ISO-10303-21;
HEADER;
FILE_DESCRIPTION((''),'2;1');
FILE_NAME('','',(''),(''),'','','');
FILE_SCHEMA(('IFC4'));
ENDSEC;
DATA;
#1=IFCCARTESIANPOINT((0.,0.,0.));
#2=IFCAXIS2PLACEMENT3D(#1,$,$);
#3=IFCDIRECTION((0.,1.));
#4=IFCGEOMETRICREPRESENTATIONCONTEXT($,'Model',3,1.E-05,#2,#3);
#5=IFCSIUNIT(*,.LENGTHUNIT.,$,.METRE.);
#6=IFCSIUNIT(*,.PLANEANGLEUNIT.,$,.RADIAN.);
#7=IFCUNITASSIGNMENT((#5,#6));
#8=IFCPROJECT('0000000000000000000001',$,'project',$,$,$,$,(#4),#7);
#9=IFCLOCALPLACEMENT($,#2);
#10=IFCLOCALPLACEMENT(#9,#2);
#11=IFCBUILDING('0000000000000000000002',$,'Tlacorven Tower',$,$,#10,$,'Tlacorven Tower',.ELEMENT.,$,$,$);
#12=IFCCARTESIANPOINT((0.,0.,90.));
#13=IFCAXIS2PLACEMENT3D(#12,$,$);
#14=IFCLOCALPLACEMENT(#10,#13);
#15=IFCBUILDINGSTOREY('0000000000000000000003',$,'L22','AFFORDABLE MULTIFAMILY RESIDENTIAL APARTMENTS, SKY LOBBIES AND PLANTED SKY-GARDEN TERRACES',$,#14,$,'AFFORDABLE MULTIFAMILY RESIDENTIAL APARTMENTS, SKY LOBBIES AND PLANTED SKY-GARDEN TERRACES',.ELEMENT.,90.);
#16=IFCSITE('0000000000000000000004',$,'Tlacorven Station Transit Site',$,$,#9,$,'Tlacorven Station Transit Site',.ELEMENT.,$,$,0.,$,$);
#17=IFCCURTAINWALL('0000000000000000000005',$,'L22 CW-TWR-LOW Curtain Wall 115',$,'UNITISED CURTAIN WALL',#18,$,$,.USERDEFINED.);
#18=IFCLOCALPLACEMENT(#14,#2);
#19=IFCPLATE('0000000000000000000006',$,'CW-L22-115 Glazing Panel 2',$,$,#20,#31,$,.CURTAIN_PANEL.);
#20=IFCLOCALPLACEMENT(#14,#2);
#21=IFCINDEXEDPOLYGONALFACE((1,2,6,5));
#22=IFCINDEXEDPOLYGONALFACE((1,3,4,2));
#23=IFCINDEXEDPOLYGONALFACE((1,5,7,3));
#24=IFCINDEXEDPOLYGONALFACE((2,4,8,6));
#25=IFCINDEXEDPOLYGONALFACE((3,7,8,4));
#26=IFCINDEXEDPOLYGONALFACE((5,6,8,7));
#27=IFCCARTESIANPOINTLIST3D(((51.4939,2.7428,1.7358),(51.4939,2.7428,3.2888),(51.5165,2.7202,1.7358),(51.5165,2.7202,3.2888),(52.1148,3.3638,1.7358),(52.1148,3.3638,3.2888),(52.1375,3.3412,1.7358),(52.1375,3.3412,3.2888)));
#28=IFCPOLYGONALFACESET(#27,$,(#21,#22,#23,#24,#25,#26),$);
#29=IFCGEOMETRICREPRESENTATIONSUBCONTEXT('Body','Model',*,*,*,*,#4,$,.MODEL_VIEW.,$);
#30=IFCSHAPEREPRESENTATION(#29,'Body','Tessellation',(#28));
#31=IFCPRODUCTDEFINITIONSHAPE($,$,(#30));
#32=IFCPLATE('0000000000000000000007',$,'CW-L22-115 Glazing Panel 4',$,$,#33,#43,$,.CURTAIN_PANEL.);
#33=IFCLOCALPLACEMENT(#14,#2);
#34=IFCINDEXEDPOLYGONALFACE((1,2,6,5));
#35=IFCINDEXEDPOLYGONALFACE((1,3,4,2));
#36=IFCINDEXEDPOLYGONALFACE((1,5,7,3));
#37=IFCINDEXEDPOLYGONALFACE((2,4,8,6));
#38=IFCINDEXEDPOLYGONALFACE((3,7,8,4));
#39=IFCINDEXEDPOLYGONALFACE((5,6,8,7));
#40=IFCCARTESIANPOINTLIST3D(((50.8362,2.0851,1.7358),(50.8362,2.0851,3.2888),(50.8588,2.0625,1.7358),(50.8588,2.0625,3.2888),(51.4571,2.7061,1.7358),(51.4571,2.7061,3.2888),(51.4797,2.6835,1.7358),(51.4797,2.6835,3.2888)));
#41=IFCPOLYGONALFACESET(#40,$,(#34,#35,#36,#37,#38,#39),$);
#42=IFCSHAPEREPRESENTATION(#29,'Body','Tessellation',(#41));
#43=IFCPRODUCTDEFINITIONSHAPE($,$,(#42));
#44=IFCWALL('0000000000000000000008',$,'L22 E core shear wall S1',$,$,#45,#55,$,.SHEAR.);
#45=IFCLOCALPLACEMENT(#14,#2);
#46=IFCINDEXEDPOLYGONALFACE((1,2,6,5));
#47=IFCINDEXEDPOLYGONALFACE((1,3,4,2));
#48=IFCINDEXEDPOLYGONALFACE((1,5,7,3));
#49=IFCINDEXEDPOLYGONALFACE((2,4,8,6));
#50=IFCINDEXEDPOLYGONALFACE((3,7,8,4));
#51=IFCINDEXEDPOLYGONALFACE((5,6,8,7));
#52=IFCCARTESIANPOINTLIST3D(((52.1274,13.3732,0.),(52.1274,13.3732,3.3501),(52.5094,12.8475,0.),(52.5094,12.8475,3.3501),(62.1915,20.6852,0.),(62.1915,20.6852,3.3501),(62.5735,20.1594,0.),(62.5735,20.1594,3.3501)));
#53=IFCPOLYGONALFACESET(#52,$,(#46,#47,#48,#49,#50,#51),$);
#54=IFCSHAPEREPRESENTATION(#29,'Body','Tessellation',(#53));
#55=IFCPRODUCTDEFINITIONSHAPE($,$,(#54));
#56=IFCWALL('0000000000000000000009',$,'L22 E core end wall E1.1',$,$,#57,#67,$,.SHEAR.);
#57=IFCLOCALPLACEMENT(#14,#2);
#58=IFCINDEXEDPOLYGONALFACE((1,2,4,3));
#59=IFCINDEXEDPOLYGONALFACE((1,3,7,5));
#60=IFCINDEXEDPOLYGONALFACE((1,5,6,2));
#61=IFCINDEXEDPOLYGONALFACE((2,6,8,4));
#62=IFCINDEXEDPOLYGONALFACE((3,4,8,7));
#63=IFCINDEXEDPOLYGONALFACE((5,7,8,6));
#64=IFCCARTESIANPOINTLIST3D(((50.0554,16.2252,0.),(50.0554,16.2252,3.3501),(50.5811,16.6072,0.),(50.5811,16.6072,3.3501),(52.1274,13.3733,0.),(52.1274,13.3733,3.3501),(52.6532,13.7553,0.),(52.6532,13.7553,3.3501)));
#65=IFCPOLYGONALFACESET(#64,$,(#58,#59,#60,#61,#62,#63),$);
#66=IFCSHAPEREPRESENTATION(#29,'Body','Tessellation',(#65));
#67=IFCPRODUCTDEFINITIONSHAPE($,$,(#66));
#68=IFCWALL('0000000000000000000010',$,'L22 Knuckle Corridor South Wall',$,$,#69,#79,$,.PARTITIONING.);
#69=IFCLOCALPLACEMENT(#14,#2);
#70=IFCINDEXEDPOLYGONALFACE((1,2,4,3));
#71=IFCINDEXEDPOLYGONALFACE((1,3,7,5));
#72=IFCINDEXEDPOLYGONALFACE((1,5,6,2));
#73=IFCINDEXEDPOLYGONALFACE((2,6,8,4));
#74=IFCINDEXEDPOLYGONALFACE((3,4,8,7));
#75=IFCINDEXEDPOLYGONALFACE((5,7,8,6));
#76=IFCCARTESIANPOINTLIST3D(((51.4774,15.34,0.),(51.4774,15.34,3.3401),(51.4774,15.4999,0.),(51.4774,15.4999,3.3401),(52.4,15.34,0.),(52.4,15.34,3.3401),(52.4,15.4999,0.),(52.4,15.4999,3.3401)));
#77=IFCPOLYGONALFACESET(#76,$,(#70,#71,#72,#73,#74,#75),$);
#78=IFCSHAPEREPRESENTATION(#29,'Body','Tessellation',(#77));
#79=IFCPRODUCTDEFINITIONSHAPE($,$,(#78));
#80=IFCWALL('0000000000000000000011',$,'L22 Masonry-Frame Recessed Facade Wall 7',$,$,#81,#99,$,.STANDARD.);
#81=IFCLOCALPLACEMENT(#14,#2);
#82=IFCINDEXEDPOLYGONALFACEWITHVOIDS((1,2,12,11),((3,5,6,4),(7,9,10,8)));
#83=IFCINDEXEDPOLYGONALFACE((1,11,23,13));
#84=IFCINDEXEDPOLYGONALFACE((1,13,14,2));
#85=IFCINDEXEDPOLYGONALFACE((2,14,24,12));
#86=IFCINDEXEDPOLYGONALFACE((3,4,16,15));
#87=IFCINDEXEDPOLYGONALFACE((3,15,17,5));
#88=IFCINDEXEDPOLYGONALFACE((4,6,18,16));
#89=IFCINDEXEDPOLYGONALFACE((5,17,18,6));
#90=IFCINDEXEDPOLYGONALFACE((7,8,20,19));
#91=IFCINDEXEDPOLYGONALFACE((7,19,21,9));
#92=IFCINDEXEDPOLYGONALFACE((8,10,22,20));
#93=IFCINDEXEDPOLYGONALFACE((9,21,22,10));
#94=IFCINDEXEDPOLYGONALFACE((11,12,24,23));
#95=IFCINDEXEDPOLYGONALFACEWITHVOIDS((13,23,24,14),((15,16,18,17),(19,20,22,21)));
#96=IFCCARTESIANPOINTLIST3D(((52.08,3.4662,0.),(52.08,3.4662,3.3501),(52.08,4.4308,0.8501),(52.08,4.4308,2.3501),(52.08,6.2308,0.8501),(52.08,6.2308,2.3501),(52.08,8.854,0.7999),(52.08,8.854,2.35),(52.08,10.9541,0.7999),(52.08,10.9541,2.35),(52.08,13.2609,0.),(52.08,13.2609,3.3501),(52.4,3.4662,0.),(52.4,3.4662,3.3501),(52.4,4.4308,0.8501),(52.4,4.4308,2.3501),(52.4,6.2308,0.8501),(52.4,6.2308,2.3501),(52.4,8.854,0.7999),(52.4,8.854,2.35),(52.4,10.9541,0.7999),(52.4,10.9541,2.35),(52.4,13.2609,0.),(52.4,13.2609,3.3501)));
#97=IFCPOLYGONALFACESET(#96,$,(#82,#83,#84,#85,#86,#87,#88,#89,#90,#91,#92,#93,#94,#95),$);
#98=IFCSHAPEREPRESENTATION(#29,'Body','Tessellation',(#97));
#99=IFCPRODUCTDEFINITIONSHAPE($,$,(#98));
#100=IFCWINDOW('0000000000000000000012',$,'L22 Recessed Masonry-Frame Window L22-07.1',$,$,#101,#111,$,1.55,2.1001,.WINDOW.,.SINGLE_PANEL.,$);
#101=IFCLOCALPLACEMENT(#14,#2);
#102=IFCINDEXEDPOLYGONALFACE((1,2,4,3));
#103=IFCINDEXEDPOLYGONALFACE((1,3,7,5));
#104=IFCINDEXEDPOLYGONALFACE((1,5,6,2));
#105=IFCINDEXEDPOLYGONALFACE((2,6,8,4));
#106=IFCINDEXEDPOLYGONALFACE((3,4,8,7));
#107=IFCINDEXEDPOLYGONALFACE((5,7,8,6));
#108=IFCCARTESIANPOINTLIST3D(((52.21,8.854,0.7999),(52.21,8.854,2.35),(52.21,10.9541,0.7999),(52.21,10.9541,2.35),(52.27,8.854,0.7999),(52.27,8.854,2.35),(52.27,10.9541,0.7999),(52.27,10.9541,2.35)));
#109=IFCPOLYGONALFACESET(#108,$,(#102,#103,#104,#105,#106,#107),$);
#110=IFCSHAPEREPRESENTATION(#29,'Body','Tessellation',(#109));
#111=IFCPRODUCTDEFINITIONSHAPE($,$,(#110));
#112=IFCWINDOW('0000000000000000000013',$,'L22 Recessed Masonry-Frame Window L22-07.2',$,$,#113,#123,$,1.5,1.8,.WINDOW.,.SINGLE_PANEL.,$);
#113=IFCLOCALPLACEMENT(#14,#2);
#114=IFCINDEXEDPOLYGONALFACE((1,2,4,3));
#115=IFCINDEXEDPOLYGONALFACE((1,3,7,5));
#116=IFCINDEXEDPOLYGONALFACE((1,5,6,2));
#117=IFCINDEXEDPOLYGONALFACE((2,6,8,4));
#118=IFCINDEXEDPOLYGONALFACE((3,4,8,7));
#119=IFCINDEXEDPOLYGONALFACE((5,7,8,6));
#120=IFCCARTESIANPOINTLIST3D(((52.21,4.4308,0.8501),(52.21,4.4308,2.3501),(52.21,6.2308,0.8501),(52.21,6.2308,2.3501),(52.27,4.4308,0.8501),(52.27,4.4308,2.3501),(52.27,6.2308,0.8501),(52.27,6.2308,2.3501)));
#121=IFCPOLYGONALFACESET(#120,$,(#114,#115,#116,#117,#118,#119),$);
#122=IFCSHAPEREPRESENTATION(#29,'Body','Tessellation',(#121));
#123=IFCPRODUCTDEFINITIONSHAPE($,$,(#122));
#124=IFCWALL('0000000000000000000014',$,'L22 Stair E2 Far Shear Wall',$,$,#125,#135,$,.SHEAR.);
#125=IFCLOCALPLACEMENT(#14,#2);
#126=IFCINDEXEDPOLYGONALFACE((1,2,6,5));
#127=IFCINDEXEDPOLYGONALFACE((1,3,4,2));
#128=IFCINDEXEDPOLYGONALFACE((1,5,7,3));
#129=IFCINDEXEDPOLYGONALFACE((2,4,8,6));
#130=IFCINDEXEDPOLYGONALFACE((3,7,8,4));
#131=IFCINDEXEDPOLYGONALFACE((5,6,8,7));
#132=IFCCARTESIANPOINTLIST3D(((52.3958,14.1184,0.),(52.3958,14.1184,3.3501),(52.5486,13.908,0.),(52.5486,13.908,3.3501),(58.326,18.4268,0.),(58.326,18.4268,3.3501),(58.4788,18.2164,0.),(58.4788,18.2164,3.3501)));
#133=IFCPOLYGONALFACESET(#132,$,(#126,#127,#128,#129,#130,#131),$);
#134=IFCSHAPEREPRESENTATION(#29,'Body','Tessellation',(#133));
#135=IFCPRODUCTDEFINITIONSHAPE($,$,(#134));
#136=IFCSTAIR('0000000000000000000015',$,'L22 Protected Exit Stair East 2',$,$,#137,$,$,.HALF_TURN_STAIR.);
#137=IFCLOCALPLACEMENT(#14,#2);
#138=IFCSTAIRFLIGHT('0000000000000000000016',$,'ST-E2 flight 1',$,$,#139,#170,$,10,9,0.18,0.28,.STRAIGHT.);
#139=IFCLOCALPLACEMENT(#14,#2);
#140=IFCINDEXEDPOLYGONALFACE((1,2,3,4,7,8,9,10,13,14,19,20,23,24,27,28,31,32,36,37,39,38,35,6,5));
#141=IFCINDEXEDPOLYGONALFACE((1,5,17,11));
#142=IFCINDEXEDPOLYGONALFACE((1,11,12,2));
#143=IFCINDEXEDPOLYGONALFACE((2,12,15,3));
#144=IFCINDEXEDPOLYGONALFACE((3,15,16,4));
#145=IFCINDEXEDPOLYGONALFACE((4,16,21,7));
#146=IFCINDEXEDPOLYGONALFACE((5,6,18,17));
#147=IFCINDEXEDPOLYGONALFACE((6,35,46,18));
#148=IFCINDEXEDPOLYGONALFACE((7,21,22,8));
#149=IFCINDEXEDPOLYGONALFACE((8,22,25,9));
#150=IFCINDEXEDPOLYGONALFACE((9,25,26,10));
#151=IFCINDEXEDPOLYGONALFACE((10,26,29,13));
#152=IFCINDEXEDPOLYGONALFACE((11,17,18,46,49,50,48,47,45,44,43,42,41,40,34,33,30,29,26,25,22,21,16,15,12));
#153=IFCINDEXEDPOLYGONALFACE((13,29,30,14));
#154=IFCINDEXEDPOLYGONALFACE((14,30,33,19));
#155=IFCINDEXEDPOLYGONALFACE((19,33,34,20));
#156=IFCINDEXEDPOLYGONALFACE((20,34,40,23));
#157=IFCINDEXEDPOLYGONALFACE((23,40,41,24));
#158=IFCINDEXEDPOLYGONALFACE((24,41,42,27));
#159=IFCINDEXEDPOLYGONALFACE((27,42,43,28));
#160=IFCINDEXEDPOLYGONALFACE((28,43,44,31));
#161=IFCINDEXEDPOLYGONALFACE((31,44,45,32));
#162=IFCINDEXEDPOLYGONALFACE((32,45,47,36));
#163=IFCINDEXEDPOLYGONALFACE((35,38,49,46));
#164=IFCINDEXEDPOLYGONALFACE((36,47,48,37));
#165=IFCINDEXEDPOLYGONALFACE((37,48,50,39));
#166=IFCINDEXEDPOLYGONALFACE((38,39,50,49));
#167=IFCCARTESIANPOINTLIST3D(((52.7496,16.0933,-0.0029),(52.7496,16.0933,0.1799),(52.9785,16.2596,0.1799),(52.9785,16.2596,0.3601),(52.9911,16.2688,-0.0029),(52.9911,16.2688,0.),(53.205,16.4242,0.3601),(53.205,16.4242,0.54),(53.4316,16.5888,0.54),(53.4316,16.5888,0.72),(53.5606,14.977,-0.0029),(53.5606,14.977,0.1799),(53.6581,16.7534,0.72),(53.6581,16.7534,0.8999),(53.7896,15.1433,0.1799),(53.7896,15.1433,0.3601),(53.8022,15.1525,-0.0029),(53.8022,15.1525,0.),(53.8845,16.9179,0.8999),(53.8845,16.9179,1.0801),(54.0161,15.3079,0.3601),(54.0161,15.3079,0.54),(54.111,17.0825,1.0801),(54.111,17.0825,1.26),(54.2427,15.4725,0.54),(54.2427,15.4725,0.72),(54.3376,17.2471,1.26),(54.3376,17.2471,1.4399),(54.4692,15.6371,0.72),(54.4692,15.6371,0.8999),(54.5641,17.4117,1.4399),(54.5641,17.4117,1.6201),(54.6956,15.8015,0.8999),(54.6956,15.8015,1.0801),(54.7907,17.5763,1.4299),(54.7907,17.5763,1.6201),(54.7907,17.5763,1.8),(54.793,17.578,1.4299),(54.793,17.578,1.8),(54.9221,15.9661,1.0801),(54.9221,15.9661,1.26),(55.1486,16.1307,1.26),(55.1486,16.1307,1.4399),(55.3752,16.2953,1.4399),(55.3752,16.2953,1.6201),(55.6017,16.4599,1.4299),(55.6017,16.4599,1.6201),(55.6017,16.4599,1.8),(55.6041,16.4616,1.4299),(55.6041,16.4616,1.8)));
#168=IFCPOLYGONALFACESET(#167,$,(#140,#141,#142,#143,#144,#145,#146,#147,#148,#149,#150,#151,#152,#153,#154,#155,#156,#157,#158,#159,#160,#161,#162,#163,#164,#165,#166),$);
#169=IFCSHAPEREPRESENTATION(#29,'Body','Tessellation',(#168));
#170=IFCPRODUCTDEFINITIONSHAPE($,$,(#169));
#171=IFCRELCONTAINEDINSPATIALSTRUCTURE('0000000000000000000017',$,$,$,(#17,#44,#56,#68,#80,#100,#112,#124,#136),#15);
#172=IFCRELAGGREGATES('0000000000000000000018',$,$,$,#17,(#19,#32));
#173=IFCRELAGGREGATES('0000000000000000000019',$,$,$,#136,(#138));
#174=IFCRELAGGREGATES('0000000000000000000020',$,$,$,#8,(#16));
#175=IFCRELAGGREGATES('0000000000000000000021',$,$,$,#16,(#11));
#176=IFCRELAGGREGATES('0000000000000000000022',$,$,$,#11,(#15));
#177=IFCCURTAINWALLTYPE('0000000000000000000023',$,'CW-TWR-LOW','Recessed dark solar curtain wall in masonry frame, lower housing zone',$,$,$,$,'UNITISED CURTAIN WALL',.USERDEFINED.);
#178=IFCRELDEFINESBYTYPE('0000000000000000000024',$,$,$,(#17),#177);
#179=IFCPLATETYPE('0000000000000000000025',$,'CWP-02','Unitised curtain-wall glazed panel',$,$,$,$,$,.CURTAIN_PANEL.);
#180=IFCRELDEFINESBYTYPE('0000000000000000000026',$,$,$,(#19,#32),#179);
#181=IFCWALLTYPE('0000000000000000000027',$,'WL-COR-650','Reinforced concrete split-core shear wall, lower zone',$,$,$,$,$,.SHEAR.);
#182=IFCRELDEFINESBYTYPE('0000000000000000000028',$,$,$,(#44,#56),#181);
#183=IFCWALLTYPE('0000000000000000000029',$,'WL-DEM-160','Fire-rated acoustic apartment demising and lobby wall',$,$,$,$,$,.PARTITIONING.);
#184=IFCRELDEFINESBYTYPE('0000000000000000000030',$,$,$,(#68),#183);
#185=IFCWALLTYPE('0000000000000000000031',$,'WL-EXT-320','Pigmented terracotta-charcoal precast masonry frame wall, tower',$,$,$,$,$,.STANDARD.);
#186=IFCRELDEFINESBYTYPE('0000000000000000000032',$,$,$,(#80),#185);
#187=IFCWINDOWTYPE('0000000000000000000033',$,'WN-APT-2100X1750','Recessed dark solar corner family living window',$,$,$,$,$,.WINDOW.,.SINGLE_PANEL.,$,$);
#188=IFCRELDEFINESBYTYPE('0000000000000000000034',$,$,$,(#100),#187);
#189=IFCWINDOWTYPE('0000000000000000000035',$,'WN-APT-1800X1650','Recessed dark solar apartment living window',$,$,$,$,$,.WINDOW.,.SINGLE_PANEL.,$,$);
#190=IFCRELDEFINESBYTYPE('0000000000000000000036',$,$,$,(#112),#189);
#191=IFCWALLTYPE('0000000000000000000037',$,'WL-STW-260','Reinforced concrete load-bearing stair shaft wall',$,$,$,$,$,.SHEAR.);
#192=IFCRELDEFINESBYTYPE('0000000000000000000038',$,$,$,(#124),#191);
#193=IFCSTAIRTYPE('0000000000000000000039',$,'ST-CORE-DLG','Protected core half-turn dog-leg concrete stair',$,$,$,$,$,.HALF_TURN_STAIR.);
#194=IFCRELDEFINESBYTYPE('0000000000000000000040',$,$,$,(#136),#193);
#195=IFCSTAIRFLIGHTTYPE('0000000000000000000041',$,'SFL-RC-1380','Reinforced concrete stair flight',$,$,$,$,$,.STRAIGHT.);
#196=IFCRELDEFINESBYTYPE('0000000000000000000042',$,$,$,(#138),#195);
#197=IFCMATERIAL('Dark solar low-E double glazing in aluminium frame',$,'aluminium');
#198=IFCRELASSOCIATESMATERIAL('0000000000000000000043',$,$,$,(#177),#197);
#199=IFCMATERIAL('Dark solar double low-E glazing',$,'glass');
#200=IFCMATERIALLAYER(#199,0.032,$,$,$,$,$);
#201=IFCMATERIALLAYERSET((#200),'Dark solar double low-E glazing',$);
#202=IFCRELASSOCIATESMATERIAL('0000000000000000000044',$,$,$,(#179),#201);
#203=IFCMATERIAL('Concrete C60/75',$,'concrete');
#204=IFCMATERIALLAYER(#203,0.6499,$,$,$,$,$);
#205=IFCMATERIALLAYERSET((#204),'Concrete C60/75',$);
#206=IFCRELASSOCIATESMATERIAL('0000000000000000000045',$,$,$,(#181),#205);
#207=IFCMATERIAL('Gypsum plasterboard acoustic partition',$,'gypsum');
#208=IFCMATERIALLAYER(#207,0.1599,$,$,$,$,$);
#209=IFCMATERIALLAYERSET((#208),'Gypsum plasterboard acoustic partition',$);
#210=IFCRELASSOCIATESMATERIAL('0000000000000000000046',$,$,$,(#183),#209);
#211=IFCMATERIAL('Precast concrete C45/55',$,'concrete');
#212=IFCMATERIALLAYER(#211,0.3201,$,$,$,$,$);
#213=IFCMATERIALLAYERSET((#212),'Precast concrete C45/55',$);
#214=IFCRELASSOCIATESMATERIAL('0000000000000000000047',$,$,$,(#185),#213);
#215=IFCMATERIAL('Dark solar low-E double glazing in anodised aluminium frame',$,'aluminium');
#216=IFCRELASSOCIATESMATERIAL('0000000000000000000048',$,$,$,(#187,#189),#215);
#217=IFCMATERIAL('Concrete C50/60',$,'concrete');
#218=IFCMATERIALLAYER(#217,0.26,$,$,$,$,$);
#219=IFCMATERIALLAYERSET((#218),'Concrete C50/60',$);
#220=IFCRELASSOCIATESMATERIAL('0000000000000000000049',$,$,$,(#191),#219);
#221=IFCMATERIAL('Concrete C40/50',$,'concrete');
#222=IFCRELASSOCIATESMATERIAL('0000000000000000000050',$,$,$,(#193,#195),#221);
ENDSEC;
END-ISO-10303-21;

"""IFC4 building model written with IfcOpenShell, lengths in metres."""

from ifc_helpers import new_model, si_unit, direction, frame, frame_2d, origin, origin_2d, place, context, subcontext, project, spatial, polyline, rectangle, outline, extrude, source, transform, mapped, material, layer, layer_set, type_object, element, fill, aggregate, save


model = new_model("IFC4")

# Units and contexts
model_context = context("Model", 3, precision=1e-05, world=origin(), true_north=direction((0.0, 1.0)))
body_context = subcontext(model_context, "Body", "Model", "MODEL_VIEW")
ifc_project = project(units=[si_unit("LENGTHUNIT", "METRE"), si_unit("PLANEANGLEUNIT", "RADIAN")], contexts=[model_context])

# Site, building, storey
site_placement = place(None, origin())
site = spatial("IfcSite", under=ifc_project, at=site_placement, Name="Tlacorven Station Transit Site", LongName="Tlacorven Station Transit Site", CompositionType="ELEMENT", RefElevation=0.0)
building_placement = place(site_placement, origin())
building = spatial("IfcBuilding", under=site, at=building_placement, Name="Tlacorven Tower", LongName="Tlacorven Tower", CompositionType="ELEMENT")
storey_placement = place(building_placement, frame((0.0, 0.0, 90.0)))
storey = spatial("IfcBuildingStorey", under=building, at=storey_placement, Name="L22", Description="AFFORDABLE MULTIFAMILY RESIDENTIAL APARTMENTS, SKY LOBBIES AND PLANTED SKY-GARDEN TERRACES", LongName="AFFORDABLE MULTIFAMILY RESIDENTIAL APARTMENTS, SKY LOBBIES AND PLANTED SKY-GARDEN TERRACES", CompositionType="ELEMENT", Elevation=90.0)

# Curtain wall, plates
ifc_material_1 = material(Name="Dark solar low-E double glazing in aluminium frame", Category="aluminium")
curtain_wall_type = type_object("IfcCurtainWallType", Name="CW-TWR-LOW", Description="Recessed dark solar curtain wall in masonry frame, lower housing zone", ElementType="UNITISED CURTAIN WALL", PredefinedType="USERDEFINED", material=ifc_material_1)
curtain_wall_placement = place(storey_placement, origin())
curtain_wall = element("IfcCurtainWall", 1, at=curtain_wall_placement, inside=storey, type_object=curtain_wall_type, Name="L22 CW-TWR-LOW Curtain Wall 115", ObjectType="UNITISED CURTAIN WALL", PredefinedType="USERDEFINED")
ifc_material_2 = material(Name="Dark solar double low-E glazing", Category="glass")
ifc_layer_1 = layer(ifc_material_2, 0.032)
ifc_layer_set_1 = layer_set([ifc_layer_1], Name="Dark solar double low-E glazing")
plate_type = type_object("IfcPlateType", Name="CWP-02", Description="Unitised curtain-wall glazed panel", PredefinedType="CURTAIN_PANEL", material=ifc_layer_set_1)
shared_shape_1 = source(origin(), body_context, "Body", "SweptSolid", [
    extrude(rectangle(XDim=0.8782, YDim=0.032, at=origin_2d()), origin(), (0.0, 0.0, 1.0), 1.553),
])
plate_1_placement = place(storey_placement, frame((51.8157, 3.042, 1.7358), z_axis=(0.0, 0.0, 1.0), x_axis=(-0.707107, -0.707107, 0.0)))
plate_1 = element("IfcPlate", 2, at=plate_1_placement, type_object=plate_type, Name="CW-L22-115 Glazing Panel 2", PredefinedType="CURTAIN_PANEL", context=body_context, shape_type="MappedRepresentation", body=[
    mapped(shared_shape_1, transform((0.0, 0.0, 0.0), scale=1.0)),
])
plate_2_placement = place(storey_placement, frame((51.158, 2.3843, 1.7358), z_axis=(0.0, 0.0, 1.0), x_axis=(-0.707107, -0.707107, 0.0)))
plate_2 = element("IfcPlate", 3, at=plate_2_placement, type_object=plate_type, Name="CW-L22-115 Glazing Panel 4", PredefinedType="CURTAIN_PANEL", context=body_context, shape_type="MappedRepresentation", body=[
    mapped(shared_shape_1, transform((0.0, 0.0, 0.0), scale=1.0)),
])
aggregate(curtain_wall, [plate_1, plate_2])

# Walls
ifc_material_3 = material(Name="Concrete C60/75", Category="concrete")
ifc_layer_2 = layer(ifc_material_3, 0.6499)
ifc_layer_set_2 = layer_set([ifc_layer_2], Name="Concrete C60/75")
wall_type_1 = type_object("IfcWallType", Name="WL-COR-650", Description="Reinforced concrete split-core shear wall, lower zone", PredefinedType="SHEAR", material=ifc_layer_set_2)
wall_1_placement = place(storey_placement, frame((52.3184, 13.1104, 0.0), z_axis=(0.0, 0.0, 1.0), x_axis=(0.809019, 0.587782, 0.0)))
element("IfcWall", 4, at=wall_1_placement, inside=storey, type_object=wall_type_1, Name="L22 E core shear wall S1", PredefinedType="SHEAR", context=body_context, shape_type="SweptSolid", body=[
    extrude(rectangle(XDim=12.4399, YDim=0.6499, at=frame_2d((6.22, 0.0))), origin(), (0.0, 0.0, 1.0), 3.3501),
])
wall_2_placement = place(storey_placement, frame((52.3904, 13.5642, 0.0), z_axis=(0.0, 0.0, 1.0), x_axis=(-0.587797, 0.809009, 0.0)))
element("IfcWall", 5, at=wall_2_placement, inside=storey, type_object=wall_type_1, Name="L22 E core end wall E1.1", PredefinedType="SHEAR", context=body_context, shape_type="SweptSolid", body=[
    extrude(rectangle(XDim=3.5251, YDim=0.6499, at=frame_2d((1.7627, 0.0))), origin(), (0.0, 0.0, 1.0), 3.3501),
])
ifc_material_4 = material(Name="Gypsum plasterboard acoustic partition", Category="gypsum")
ifc_layer_3 = layer(ifc_material_4, 0.1599)
ifc_layer_set_3 = layer_set([ifc_layer_3], Name="Gypsum plasterboard acoustic partition")
wall_type_2 = type_object("IfcWallType", Name="WL-DEM-160", Description="Fire-rated acoustic apartment demising and lobby wall", PredefinedType="PARTITIONING", material=ifc_layer_set_3)
wall_3_placement = place(storey_placement, frame((51.4773, 15.4199, 0.0), z_axis=(0.0, 0.0, 1.0), x_axis=(1.0, 0.0, 0.0)))
element("IfcWall", 6, at=wall_3_placement, inside=storey, type_object=wall_type_2, Name="L22 Knuckle Corridor South Wall", PredefinedType="PARTITIONING", context=body_context, shape_type="SweptSolid", body=[
    extrude(rectangle(XDim=0.9226, YDim=0.1599, at=frame_2d((0.4614, 0.0))), origin(), (0.0, 0.0, 1.0), 3.3401),
])

# Wall, openings, windows
ifc_material_5 = material(Name="Precast concrete C45/55", Category="concrete")
ifc_layer_4 = layer(ifc_material_5, 0.3201)
ifc_layer_set_4 = layer_set([ifc_layer_4], Name="Precast concrete C45/55")
wall_type_3 = type_object("IfcWallType", Name="WL-EXT-320", Description="Pigmented terracotta-charcoal precast masonry frame wall, tower", PredefinedType="STANDARD", material=ifc_layer_set_4)
wall_4_placement = place(storey_placement, frame((52.24, 13.261, 0.0), z_axis=(0.0, 0.0, 1.0), x_axis=(0.0, -1.0, 0.0)))
wall_4 = element("IfcWall", 7, at=wall_4_placement, inside=storey, type_object=wall_type_3, Name="L22 Masonry-Frame Recessed Facade Wall 7", PredefinedType="STANDARD", context=body_context, shape_type="SweptSolid", body=[
    extrude(rectangle(XDim=9.7947, YDim=0.3201, at=frame_2d((4.8975, 0.0))), origin(), (0.0, 0.0, 1.0), 3.3501),
])
opening_1_placement = place(wall_4_placement, frame((2.3069, 0.0, 0.8)))
opening_1 = element("IfcOpeningElement", 8, at=opening_1_placement, cuts=wall_4, PredefinedType="OPENING", context=body_context, shape_type="SweptSolid", body=[
    extrude(rectangle(XDim=2.1001, YDim=1.55, at=frame_2d((1.05, 0.7749))), frame((0.0, 0.1699, 0.0), z_axis=(0.0, -1.0, 0.0), x_axis=(1.0, 0.0, 0.0)), (0.0, 0.0, 1.0), 0.3401),
])
opening_2_placement = place(wall_4_placement, frame((7.0303, 0.0, 0.8501)))
opening_2 = element("IfcOpeningElement", 9, at=opening_2_placement, cuts=wall_4, PredefinedType="OPENING", context=body_context, shape_type="SweptSolid", body=[
    extrude(rectangle(XDim=1.8, YDim=1.5, at=frame_2d((0.8999, 0.75))), frame((0.0, 0.1699, 0.0), z_axis=(0.0, -1.0, 0.0), x_axis=(1.0, 0.0, 0.0)), (0.0, 0.0, 1.0), 0.3401),
])
ifc_material_6 = material(Name="Dark solar low-E double glazing in anodised aluminium frame", Category="aluminium")
window_type_1 = type_object("IfcWindowType", Name="WN-APT-2100X1750", Description="Recessed dark solar corner family living window", PartitioningType="SINGLE_PANEL", PredefinedType="WINDOW", material=ifc_material_6)
shared_shape_2 = source(origin(), body_context, "Body", "SweptSolid", [
    extrude(rectangle(XDim=2.1001, YDim=1.55, at=frame_2d((1.05, 0.7749))), frame((0.0, 0.03, 0.0), z_axis=(0.0, -1.0, 0.0), x_axis=(1.0, 0.0, 0.0)), (0.0, 0.0, 1.0), 0.0601),
])
window_1_placement = place(opening_1_placement, origin())
window_1 = element("IfcWindow", 10, at=window_1_placement, inside=storey, type_object=window_type_1, Name="L22 Recessed Masonry-Frame Window L22-07.1", OverallHeight=1.55, OverallWidth=2.1001, PartitioningType="SINGLE_PANEL", PredefinedType="WINDOW", context=body_context, shape_type="MappedRepresentation", body=[
    mapped(shared_shape_2, transform((0.0, 0.0, 0.0), scale=1.0)),
])
fill(opening_1, window_1)
window_type_2 = type_object("IfcWindowType", Name="WN-APT-1800X1650", Description="Recessed dark solar apartment living window", PartitioningType="SINGLE_PANEL", PredefinedType="WINDOW", material=ifc_material_6)
shared_shape_3 = source(origin(), body_context, "Body", "SweptSolid", [
    extrude(rectangle(XDim=1.8, YDim=1.5, at=frame_2d((0.8999, 0.75))), frame((0.0, 0.03, 0.0), z_axis=(0.0, -1.0, 0.0), x_axis=(1.0, 0.0, 0.0)), (0.0, 0.0, 1.0), 0.0601),
])
window_2_placement = place(opening_2_placement, origin())
window_2 = element("IfcWindow", 11, at=window_2_placement, inside=storey, type_object=window_type_2, Name="L22 Recessed Masonry-Frame Window L22-07.2", OverallHeight=1.5, OverallWidth=1.8, PartitioningType="SINGLE_PANEL", PredefinedType="WINDOW", context=body_context, shape_type="MappedRepresentation", body=[
    mapped(shared_shape_3, transform((0.0, 0.0, 0.0), scale=1.0)),
])
fill(opening_2, window_2)

# Wall
ifc_material_7 = material(Name="Concrete C50/60", Category="concrete")
ifc_layer_5 = layer(ifc_material_7, 0.26)
ifc_layer_set_5 = layer_set([ifc_layer_5], Name="Concrete C50/60")
wall_type_4 = type_object("IfcWallType", Name="WL-STW-260", Description="Reinforced concrete load-bearing stair shaft wall", PredefinedType="SHEAR", material=ifc_layer_set_5)
wall_5_placement = place(storey_placement, frame((52.4722, 14.0132, 0.0), z_axis=(0.0, 0.0, 1.0), x_axis=(0.809028, 0.58777, 0.0)))
element("IfcWall", 12, at=wall_5_placement, inside=storey, type_object=wall_type_4, Name="L22 Stair E2 Far Shear Wall", PredefinedType="SHEAR", context=body_context, shape_type="SweptSolid", body=[
    extrude(rectangle(XDim=7.3301, YDim=0.26, at=frame_2d((3.665, 0.0))), origin(), (0.0, 0.0, 1.0), 3.3501),
])

# Stair, stair flight
ifc_material_8 = material(Name="Concrete C40/50", Category="concrete")
stair_type = type_object("IfcStairType", Name="ST-CORE-DLG", Description="Protected core half-turn dog-leg concrete stair", PredefinedType="HALF_TURN_STAIR", material=ifc_material_8)
stair_placement = place(storey_placement, origin())
stair = element("IfcStair", 13, at=stair_placement, inside=storey, type_object=stair_type, Name="L22 Protected Exit Stair East 2", PredefinedType="HALF_TURN_STAIR")
stair_flight_type = type_object("IfcStairFlightType", Name="SFL-RC-1380", Description="Reinforced concrete stair flight", PredefinedType="STRAIGHT", material=ifc_material_8)
shared_shape_4 = source(origin(), body_context, "Body", "SweptSolid", [
    extrude(outline(polyline([(-0.0029, -0.0029), (-0.0029, 0.1799), (0.28, 0.1799), (0.28, 0.3601), (0.5601, 0.3601), (0.5601, 0.54), (0.8401, 0.54), (0.8401, 0.72), (1.1201, 0.72), (1.1201, 0.8999), (1.3999, 0.8999), (1.3999, 1.0801), (1.6799, 1.0801), (1.6799, 1.26), (1.96, 1.26), (1.96, 1.4399), (2.24, 1.4399), (2.24, 1.6201), (2.52, 1.6201), (2.52, 1.8), (2.5229, 1.8), (2.5229, 1.4299), (2.52, 1.4299), (0.2957, 0.0), (0.2957, -0.0029), (-0.0029, -0.0029)])), frame((0.0, 0.6899, 0.0), z_axis=(0.0, -1.0, 0.0), x_axis=(1.0, 0.0, 0.0)), (0.0, 0.0, 1.0), 1.3799),
])
stair_flight_placement = place(storey_placement, frame((53.1575, 15.5369, 0.0), z_axis=(0.0, 0.0, 1.0), x_axis=(0.809017, 0.587785, 0.0)))
stair_flight = element("IfcStairFlight", 14, at=stair_flight_placement, type_object=stair_flight_type, Name="ST-E2 flight 1", NumberOfRisers=10, NumberOfTreads=9, PredefinedType="STRAIGHT", RiserHeight=0.18, TreadLength=0.28, context=body_context, shape_type="MappedRepresentation", body=[
    mapped(shared_shape_4, transform((0.0, 0.0, 0.0), scale=1.0)),
])
aggregate(stair, [stair_flight])

save(model, "model.ifc")
